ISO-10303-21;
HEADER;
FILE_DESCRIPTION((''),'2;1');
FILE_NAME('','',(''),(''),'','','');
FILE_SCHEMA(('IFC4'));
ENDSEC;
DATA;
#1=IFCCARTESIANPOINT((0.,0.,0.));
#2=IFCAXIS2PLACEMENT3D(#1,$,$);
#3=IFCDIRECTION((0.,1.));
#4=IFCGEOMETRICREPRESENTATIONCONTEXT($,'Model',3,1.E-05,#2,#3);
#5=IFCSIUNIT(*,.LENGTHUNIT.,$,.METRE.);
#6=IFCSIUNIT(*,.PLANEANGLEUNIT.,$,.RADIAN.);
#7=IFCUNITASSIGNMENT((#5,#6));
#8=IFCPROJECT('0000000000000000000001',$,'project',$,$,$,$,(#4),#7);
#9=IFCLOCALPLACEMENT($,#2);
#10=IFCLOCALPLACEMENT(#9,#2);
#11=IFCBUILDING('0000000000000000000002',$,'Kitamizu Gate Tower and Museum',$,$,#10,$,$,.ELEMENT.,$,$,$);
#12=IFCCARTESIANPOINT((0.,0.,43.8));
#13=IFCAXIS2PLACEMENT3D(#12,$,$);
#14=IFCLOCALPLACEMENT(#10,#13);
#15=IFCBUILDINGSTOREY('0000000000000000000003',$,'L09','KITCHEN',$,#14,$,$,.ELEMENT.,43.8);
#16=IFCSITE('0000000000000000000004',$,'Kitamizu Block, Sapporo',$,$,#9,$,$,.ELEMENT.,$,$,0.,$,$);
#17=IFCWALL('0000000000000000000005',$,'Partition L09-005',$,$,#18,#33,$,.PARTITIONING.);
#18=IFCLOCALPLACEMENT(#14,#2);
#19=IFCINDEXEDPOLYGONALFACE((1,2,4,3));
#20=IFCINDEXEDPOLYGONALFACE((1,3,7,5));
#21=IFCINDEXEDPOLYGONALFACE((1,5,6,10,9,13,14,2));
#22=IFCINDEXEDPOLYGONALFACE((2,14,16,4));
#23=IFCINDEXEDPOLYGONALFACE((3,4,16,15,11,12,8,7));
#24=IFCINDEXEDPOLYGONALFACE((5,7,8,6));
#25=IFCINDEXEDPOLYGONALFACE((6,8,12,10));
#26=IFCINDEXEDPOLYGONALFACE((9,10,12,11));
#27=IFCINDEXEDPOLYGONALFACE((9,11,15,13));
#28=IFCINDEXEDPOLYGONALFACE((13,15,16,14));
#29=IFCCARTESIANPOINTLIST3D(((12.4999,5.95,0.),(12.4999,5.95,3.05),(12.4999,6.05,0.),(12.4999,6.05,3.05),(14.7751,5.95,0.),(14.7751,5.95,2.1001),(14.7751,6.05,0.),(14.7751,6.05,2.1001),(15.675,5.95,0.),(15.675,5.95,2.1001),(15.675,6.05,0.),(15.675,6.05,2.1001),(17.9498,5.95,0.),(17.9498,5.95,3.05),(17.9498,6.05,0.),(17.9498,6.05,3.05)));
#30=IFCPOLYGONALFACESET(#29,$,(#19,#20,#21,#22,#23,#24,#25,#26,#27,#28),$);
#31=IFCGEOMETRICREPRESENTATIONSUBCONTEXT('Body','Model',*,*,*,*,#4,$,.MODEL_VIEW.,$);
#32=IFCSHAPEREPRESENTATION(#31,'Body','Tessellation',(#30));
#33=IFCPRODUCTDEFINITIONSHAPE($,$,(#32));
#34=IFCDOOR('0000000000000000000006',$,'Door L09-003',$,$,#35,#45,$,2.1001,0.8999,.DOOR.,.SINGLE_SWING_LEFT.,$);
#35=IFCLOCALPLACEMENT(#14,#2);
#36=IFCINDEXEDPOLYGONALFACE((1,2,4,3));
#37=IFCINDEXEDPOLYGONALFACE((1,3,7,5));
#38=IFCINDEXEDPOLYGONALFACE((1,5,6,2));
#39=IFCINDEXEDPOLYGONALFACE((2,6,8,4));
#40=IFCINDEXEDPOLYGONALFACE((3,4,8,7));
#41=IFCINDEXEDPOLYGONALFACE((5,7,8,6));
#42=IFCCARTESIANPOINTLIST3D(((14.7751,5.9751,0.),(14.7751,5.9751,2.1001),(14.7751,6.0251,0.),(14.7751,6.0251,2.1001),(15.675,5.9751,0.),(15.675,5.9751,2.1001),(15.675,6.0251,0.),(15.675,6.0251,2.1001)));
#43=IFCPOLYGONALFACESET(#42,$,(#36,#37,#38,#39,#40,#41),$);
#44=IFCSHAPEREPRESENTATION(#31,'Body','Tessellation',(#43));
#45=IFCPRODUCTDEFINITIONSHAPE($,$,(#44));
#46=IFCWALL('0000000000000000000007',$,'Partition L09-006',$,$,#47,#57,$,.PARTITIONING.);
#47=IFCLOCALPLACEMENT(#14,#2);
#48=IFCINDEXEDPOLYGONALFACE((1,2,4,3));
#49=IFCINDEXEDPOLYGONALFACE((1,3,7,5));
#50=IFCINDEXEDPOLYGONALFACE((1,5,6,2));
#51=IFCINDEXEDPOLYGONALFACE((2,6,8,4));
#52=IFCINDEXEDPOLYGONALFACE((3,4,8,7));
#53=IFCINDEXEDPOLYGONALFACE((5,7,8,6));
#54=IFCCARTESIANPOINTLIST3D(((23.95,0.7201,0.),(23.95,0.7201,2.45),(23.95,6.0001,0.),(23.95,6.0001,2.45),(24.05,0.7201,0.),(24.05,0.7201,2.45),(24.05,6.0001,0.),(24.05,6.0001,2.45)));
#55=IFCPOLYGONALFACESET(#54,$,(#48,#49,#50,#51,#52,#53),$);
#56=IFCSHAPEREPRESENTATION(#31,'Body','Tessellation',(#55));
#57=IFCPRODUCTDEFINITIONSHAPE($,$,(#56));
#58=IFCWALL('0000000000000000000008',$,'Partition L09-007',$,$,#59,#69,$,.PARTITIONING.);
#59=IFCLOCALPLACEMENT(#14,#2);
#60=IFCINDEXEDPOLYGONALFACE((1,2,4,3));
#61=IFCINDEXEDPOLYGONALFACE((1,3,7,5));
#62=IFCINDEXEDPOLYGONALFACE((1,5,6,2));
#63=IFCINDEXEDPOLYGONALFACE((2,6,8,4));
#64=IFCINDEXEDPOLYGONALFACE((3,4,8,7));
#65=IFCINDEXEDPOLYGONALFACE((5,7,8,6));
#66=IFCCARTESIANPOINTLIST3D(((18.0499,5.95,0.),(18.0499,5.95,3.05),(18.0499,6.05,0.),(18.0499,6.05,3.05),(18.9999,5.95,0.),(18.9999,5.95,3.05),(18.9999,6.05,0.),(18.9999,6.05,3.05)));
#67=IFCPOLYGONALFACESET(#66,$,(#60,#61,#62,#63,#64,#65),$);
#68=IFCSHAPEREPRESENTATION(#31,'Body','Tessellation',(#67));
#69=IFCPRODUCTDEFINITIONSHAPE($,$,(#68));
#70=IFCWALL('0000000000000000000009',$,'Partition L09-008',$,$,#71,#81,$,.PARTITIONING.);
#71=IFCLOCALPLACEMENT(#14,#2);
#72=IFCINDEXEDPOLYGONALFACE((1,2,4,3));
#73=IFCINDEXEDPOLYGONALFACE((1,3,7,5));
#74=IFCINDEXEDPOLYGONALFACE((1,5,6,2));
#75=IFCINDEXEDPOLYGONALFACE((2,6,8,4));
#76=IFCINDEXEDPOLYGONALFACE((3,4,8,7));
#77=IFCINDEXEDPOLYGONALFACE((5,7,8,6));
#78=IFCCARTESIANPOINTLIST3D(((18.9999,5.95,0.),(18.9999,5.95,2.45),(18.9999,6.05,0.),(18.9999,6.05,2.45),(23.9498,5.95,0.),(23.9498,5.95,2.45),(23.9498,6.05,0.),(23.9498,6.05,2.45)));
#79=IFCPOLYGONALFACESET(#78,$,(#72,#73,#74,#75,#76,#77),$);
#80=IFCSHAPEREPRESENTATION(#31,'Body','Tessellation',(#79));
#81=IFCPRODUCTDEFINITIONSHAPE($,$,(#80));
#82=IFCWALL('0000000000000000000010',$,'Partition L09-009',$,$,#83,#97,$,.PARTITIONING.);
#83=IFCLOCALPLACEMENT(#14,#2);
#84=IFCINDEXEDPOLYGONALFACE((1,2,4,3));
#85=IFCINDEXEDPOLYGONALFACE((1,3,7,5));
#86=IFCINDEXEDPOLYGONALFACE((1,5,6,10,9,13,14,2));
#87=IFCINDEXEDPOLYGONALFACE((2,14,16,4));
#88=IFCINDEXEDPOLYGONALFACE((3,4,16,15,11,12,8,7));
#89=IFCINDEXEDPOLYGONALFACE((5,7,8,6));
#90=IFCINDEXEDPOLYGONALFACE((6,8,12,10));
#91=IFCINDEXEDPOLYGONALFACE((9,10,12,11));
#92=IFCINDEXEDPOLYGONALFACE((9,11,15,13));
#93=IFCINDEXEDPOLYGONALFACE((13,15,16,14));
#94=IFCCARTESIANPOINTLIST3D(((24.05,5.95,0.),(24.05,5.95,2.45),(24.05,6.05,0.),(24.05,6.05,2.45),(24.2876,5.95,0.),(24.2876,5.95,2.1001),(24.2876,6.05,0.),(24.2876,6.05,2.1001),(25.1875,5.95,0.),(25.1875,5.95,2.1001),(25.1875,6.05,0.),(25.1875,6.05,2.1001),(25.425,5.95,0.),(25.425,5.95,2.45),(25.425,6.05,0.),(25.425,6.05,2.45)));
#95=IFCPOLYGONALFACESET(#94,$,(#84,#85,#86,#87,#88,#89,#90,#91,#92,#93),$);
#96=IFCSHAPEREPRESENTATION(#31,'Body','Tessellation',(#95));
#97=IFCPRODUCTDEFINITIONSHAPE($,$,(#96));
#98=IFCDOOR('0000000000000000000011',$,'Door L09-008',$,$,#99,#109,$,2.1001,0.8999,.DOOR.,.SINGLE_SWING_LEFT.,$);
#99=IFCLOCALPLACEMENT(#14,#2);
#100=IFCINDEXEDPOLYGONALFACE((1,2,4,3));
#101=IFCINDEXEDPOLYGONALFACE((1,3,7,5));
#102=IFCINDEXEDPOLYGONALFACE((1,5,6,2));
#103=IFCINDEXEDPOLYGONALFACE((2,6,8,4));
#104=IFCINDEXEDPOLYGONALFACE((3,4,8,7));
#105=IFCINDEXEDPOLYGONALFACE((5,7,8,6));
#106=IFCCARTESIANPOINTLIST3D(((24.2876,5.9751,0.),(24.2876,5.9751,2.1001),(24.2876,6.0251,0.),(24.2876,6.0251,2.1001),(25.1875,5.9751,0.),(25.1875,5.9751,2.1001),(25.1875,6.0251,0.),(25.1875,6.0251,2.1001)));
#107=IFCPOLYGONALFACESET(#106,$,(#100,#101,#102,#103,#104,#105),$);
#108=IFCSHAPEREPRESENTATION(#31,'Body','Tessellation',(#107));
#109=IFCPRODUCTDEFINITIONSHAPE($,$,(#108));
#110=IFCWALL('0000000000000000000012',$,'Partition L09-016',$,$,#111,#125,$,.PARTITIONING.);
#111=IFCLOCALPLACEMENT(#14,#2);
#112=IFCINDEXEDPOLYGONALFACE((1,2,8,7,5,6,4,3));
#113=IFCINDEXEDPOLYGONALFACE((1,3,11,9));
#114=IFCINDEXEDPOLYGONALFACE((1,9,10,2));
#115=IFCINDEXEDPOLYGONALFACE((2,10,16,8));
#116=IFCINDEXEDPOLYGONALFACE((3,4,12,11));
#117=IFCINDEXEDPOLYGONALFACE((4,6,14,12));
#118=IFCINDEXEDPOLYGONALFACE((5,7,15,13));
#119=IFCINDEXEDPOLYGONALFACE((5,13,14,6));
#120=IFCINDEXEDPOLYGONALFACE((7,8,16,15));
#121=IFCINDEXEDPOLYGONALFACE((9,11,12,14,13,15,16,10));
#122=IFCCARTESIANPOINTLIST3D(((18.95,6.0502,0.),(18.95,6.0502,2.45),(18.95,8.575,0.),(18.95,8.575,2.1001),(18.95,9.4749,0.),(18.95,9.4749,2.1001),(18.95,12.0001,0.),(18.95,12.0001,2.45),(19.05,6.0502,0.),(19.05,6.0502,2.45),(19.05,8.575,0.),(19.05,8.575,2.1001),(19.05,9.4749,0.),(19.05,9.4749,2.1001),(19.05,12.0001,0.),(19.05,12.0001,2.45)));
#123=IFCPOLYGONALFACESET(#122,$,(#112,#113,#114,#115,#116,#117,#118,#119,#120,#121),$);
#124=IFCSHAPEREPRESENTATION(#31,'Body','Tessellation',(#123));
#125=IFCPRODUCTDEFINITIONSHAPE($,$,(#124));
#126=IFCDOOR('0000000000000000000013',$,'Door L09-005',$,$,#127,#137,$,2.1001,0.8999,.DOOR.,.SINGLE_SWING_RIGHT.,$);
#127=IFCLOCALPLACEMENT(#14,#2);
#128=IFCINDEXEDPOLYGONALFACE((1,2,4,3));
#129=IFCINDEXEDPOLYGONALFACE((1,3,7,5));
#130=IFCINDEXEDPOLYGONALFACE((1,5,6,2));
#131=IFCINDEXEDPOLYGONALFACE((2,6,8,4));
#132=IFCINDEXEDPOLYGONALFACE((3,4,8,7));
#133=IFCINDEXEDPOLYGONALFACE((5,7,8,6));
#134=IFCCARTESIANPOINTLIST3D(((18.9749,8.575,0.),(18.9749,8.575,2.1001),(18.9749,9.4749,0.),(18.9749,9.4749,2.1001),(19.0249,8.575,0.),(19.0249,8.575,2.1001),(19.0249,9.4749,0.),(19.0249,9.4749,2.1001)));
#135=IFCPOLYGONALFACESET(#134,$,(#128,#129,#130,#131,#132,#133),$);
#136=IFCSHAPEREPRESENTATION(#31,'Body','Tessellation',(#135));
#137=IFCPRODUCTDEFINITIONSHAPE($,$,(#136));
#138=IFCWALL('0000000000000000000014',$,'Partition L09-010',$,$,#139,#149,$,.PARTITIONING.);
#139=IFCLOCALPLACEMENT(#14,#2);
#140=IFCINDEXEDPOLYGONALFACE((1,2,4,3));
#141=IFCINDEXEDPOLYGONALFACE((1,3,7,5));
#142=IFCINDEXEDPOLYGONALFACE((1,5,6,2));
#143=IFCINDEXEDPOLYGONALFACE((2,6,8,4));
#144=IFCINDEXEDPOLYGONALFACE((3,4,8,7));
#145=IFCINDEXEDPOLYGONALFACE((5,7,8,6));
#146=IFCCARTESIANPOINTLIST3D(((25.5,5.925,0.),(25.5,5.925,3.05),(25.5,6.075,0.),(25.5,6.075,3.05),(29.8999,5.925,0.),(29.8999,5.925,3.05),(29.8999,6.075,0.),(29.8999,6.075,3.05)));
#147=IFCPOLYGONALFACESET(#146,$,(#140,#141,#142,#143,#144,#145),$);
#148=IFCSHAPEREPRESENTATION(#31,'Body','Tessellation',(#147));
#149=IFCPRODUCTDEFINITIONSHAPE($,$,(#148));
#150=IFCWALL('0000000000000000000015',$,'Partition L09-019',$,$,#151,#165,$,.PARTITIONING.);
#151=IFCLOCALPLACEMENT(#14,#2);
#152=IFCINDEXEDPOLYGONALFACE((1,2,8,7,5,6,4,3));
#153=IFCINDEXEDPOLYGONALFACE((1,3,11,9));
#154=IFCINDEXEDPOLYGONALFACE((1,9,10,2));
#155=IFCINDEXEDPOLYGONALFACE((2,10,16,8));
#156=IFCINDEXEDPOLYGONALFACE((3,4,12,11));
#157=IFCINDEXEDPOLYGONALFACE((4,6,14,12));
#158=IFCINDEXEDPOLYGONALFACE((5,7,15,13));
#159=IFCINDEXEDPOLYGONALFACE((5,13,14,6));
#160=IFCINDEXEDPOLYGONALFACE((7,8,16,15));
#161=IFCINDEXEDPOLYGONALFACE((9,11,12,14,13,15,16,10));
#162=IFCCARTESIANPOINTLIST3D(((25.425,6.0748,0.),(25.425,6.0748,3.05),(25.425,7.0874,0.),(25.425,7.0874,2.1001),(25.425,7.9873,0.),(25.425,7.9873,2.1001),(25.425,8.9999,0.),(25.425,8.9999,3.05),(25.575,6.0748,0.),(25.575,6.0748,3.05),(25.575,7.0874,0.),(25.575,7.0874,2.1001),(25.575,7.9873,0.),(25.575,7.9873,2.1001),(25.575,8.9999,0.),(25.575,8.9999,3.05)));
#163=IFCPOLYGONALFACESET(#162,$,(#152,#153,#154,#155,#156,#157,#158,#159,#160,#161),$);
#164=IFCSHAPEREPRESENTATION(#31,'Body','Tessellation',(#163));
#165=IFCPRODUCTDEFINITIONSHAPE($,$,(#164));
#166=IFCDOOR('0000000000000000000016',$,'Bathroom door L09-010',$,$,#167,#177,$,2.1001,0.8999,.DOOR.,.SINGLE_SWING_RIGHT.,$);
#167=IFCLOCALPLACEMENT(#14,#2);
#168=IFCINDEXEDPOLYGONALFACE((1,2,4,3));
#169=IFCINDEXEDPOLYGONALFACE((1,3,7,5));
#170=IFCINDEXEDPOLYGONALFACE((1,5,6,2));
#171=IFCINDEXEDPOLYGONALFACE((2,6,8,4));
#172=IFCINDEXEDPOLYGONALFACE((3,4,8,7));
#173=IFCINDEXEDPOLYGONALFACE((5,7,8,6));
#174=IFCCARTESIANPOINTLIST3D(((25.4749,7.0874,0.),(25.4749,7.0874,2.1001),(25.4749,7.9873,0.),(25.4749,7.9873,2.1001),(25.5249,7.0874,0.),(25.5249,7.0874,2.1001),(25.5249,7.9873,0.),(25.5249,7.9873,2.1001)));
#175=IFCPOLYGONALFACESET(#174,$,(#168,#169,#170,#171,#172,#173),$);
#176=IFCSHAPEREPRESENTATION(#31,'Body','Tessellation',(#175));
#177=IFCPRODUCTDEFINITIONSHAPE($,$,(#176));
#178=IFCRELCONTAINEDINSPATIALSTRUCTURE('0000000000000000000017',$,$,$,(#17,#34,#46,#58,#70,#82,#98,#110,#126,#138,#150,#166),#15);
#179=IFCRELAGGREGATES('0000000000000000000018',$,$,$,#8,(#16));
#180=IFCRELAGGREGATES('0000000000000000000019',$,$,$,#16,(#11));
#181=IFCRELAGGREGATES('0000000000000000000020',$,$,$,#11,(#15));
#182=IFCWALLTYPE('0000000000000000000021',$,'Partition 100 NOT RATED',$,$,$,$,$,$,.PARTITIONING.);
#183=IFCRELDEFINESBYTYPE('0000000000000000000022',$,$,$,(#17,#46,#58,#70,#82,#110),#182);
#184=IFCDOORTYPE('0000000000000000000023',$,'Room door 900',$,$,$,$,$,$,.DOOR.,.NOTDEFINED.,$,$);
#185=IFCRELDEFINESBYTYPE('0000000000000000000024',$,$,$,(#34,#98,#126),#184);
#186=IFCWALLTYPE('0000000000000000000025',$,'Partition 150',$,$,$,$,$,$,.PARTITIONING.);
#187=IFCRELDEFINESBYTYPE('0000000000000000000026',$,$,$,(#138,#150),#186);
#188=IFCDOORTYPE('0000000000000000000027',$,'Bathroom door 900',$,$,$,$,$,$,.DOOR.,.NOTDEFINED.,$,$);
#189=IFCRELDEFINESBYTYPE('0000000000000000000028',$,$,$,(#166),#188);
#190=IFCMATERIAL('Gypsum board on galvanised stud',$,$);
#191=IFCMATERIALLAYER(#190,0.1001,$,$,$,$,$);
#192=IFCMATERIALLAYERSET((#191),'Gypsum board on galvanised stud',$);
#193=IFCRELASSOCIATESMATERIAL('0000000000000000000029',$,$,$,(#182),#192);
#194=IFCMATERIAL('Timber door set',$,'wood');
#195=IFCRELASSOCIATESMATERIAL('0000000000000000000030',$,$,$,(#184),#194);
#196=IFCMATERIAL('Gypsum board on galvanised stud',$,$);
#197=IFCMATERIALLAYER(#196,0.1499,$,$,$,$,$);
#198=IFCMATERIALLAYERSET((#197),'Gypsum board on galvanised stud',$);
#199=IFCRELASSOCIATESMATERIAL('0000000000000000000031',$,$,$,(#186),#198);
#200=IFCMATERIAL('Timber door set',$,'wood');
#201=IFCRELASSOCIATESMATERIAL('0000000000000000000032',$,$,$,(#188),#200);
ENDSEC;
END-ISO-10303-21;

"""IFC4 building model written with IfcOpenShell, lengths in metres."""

from ifc_helpers import new_model, si_unit, direction, frame, frame_2d, origin, place, context, subcontext, project, spatial, rectangle, extrude, material, layer, layer_set, type_object, element, fill, save


model = new_model("IFC4")

# Units and contexts
model_context = context("Model", 3, precision=1e-05, world=origin(), true_north=direction((0.0, 1.0)))
body_context = subcontext(model_context, "Body", "Model", "MODEL_VIEW")
ifc_project = project(units=[si_unit("LENGTHUNIT", "METRE"), si_unit("PLANEANGLEUNIT", "RADIAN")], contexts=[model_context])

# Site, building, storey
site_placement = place(None, origin())
site = spatial("IfcSite", under=ifc_project, at=site_placement, Name="Kitamizu Block, Sapporo", CompositionType="ELEMENT", RefElevation=0.0)
building_placement = place(site_placement, origin())
building = spatial("IfcBuilding", under=site, at=building_placement, Name="Kitamizu Gate Tower and Museum", CompositionType="ELEMENT")
storey_placement = place(building_placement, frame((0.0, 0.0, 43.8)))
storey = spatial("IfcBuildingStorey", under=building, at=storey_placement, Name="L09", Description="KITCHEN", CompositionType="ELEMENT", Elevation=43.8)

# Wall, opening, door
ifc_material_1 = material(Name="Gypsum board on galvanised stud")
ifc_layer_1 = layer(ifc_material_1, 0.1001)
ifc_layer_set_1 = layer_set([ifc_layer_1], Name="Gypsum board on galvanised stud")
wall_type_1 = type_object("IfcWallType", Name="Partition 100 NOT RATED", PredefinedType="PARTITIONING", material=ifc_layer_set_1)
ifc_material_2 = material(Name="Timber door set", Category="wood")
door_type_1 = type_object("IfcDoorType", Name="Room door 900", OperationType="NOTDEFINED", PredefinedType="DOOR", material=ifc_material_2)
wall_1_placement = place(storey_placement, frame((17.95, 6.0, 0.0), z_axis=(0.0, 0.0, 1.0), x_axis=(-1.0, 0.0, 0.0)))
wall_1 = element("IfcWall", 1, at=wall_1_placement, inside=storey, type_object=wall_type_1, Name="Partition L09-005", PredefinedType="PARTITIONING", context=body_context, shape_type="SweptSolid", body=[
    extrude(rectangle(XDim=5.45, YDim=0.1001, at=frame_2d((2.7251, 0.0))), origin(), (0.0, 0.0, 1.0), 3.05),
])
opening_1_placement = place(wall_1_placement, frame((2.2749, 0.0, 0.0)))
opening_1 = element("IfcOpeningElement", 2, at=opening_1_placement, cuts=wall_1, PredefinedType="OPENING", context=body_context, shape_type="SweptSolid", body=[
    extrude(rectangle(XDim=0.8999, YDim=2.1001, at=frame_2d((0.45, 1.05))), frame((0.0, 0.0601, 0.0), z_axis=(0.0, -1.0, 0.0), x_axis=(1.0, 0.0, 0.0)), (0.0, 0.0, 1.0), 0.1201),
])
door_1_placement = place(opening_1_placement, origin())
door_1 = element("IfcDoor", 3, at=door_1_placement, inside=storey, type_object=door_type_1, Name="Door L09-003", OperationType="SINGLE_SWING_LEFT", OverallHeight=2.1001, OverallWidth=0.8999, PredefinedType="DOOR", context=body_context, shape_type="SweptSolid", body=[
    extrude(rectangle(XDim=0.8999, YDim=2.1001, at=frame_2d((0.45, 1.05))), frame((0.0, 0.0249, 0.0), z_axis=(0.0, -1.0, 0.0), x_axis=(1.0, 0.0, 0.0)), (0.0, 0.0, 1.0), 0.05),
])
fill(opening_1, door_1)

# Walls
wall_2_placement = place(storey_placement, frame((24.0, 0.72, 0.0), z_axis=(0.0, 0.0, 1.0), x_axis=(0.0, 1.0, 0.0)))
element("IfcWall", 4, at=wall_2_placement, inside=storey, type_object=wall_type_1, Name="Partition L09-006", PredefinedType="PARTITIONING", context=body_context, shape_type="SweptSolid", body=[
    extrude(rectangle(XDim=5.28, YDim=0.1001, at=frame_2d((2.6401, 0.0))), origin(), (0.0, 0.0, 1.0), 2.45),
])
wall_3_placement = place(storey_placement, frame((19.0, 6.0, 0.0), z_axis=(0.0, 0.0, 1.0), x_axis=(-1.0, 0.0, 0.0)))
element("IfcWall", 5, at=wall_3_placement, inside=storey, type_object=wall_type_1, Name="Partition L09-007", PredefinedType="PARTITIONING", context=body_context, shape_type="SweptSolid", body=[
    extrude(rectangle(XDim=0.95, YDim=0.1001, at=frame_2d((0.4751, 0.0))), origin(), (0.0, 0.0, 1.0), 3.05),
])
wall_4_placement = place(storey_placement, frame((23.95, 6.0, 0.0), z_axis=(0.0, 0.0, 1.0), x_axis=(-1.0, 0.0, 0.0)))
element("IfcWall", 6, at=wall_4_placement, inside=storey, type_object=wall_type_1, Name="Partition L09-008", PredefinedType="PARTITIONING", context=body_context, shape_type="SweptSolid", body=[
    extrude(rectangle(XDim=4.95, YDim=0.1001, at=frame_2d((2.4751, 0.0))), origin(), (0.0, 0.0, 1.0), 2.45),
])

# Walls, openings, doors
wall_5_placement = place(storey_placement, frame((25.425, 6.0, 0.0), z_axis=(0.0, 0.0, 1.0), x_axis=(-1.0, 0.0, 0.0)))
wall_5 = element("IfcWall", 7, at=wall_5_placement, inside=storey, type_object=wall_type_1, Name="Partition L09-009", PredefinedType="PARTITIONING", context=body_context, shape_type="SweptSolid", body=[
    extrude(rectangle(XDim=1.375, YDim=0.1001, at=frame_2d((0.6875, 0.0))), origin(), (0.0, 0.0, 1.0), 2.45),
])
opening_2_placement = place(wall_5_placement, frame((0.2375, 0.0, 0.0)))
opening_2 = element("IfcOpeningElement", 8, at=opening_2_placement, cuts=wall_5, PredefinedType="OPENING", context=body_context, shape_type="SweptSolid", body=[
    extrude(rectangle(XDim=0.8999, YDim=2.1001, at=frame_2d((0.45, 1.05))), frame((0.0, 0.0601, 0.0), z_axis=(0.0, -1.0, 0.0), x_axis=(1.0, 0.0, 0.0)), (0.0, 0.0, 1.0), 0.1201),
])
door_2_placement = place(opening_2_placement, origin())
door_2 = element("IfcDoor", 9, at=door_2_placement, inside=storey, type_object=door_type_1, Name="Door L09-008", OperationType="SINGLE_SWING_LEFT", OverallHeight=2.1001, OverallWidth=0.8999, PredefinedType="DOOR", context=body_context, shape_type="SweptSolid", body=[
    extrude(rectangle(XDim=0.8999, YDim=2.1001, at=frame_2d((0.45, 1.05))), frame((0.0, 0.0249, 0.0), z_axis=(0.0, -1.0, 0.0), x_axis=(1.0, 0.0, 0.0)), (0.0, 0.0, 1.0), 0.05),
])
fill(opening_2, door_2)
wall_6_placement = place(storey_placement, frame((19.0, 6.05, 0.0), z_axis=(0.0, 0.0, 1.0), x_axis=(0.0, 1.0, 0.0)))
wall_6 = element("IfcWall", 10, at=wall_6_placement, inside=storey, type_object=wall_type_1, Name="Partition L09-016", PredefinedType="PARTITIONING", context=body_context, shape_type="SweptSolid", body=[
    extrude(rectangle(XDim=5.95, YDim=0.1001, at=frame_2d((2.9751, 0.0))), origin(), (0.0, 0.0, 1.0), 2.45),
])
opening_3_placement = place(wall_6_placement, frame((2.5249, 0.0, 0.0)))
opening_3 = element("IfcOpeningElement", 11, at=opening_3_placement, cuts=wall_6, PredefinedType="OPENING", context=body_context, shape_type="SweptSolid", body=[
    extrude(rectangle(XDim=0.8999, YDim=2.1001, at=frame_2d((0.45, 1.05))), frame((0.0, 0.0601, 0.0), z_axis=(0.0, -1.0, 0.0), x_axis=(1.0, 0.0, 0.0)), (0.0, 0.0, 1.0), 0.1201),
])
door_3_placement = place(opening_3_placement, frame((0.8999, 0.0, 0.0), x_axis=(-1.0, 0.0, 0.0)))
door_3 = element("IfcDoor", 12, at=door_3_placement, inside=storey, type_object=door_type_1, Name="Door L09-005", OperationType="SINGLE_SWING_RIGHT", OverallHeight=2.1001, OverallWidth=0.8999, PredefinedType="DOOR", context=body_context, shape_type="SweptSolid", body=[
    extrude(rectangle(XDim=0.8999, YDim=2.1001, at=frame_2d((0.45, 1.05))), frame((0.0, 0.0249, 0.0), z_axis=(0.0, -1.0, 0.0), x_axis=(1.0, 0.0, 0.0)), (0.0, 0.0, 1.0), 0.05),
])
fill(opening_3, door_3)

# Wall
ifc_material_3 = material(Name="Gypsum board on galvanised stud")
ifc_layer_2 = layer(ifc_material_3, 0.1499)
ifc_layer_set_2 = layer_set([ifc_layer_2], Name="Gypsum board on galvanised stud")
wall_type_2 = type_object("IfcWallType", Name="Partition 150", PredefinedType="PARTITIONING", material=ifc_layer_set_2)
wall_7_placement = place(storey_placement, frame((29.8999, 6.0, 0.0), z_axis=(0.0, 0.0, 1.0), x_axis=(-1.0, 0.0, 0.0)))
element("IfcWall", 13, at=wall_7_placement, inside=storey, type_object=wall_type_2, Name="Partition L09-010", PredefinedType="PARTITIONING", context=body_context, shape_type="SweptSolid", body=[
    extrude(rectangle(XDim=4.3999, YDim=0.1499, at=frame_2d((2.2, 0.0))), origin(), (0.0, 0.0, 1.0), 3.05),
])

# Wall, opening, door
wall_8_placement = place(storey_placement, frame((25.5, 6.075, 0.0), z_axis=(0.0, 0.0, 1.0), x_axis=(0.0, 1.0, 0.0)))
wall_8 = element("IfcWall", 14, at=wall_8_placement, inside=storey, type_object=wall_type_2, Name="Partition L09-019", PredefinedType="PARTITIONING", context=body_context, shape_type="SweptSolid", body=[
    extrude(rectangle(XDim=2.925, YDim=0.1499, at=frame_2d((1.4624, 0.0))), origin(), (0.0, 0.0, 1.0), 3.05),
])
opening_4_placement = place(wall_8_placement, frame((1.0125, 0.0, 0.0)))
opening_4 = element("IfcOpeningElement", 15, at=opening_4_placement, cuts=wall_8, PredefinedType="OPENING", context=body_context, shape_type="SweptSolid", body=[
    extrude(rectangle(XDim=0.8999, YDim=2.1001, at=frame_2d((0.45, 1.05))), frame((0.0, 0.085, 0.0), z_axis=(0.0, -1.0, 0.0), x_axis=(1.0, 0.0, 0.0)), (0.0, 0.0, 1.0), 0.1699),
])
ifc_material_4 = material(Name="Timber door set", Category="wood")
door_type_2 = type_object("IfcDoorType", Name="Bathroom door 900", OperationType="NOTDEFINED", PredefinedType="DOOR", material=ifc_material_4)
door_4_placement = place(opening_4_placement, frame((0.8999, 0.0, 0.0), x_axis=(-1.0, 0.0, 0.0)))
door_4 = element("IfcDoor", 16, at=door_4_placement, inside=storey, type_object=door_type_2, Name="Bathroom door L09-010", OperationType="SINGLE_SWING_RIGHT", OverallHeight=2.1001, OverallWidth=0.8999, PredefinedType="DOOR", context=body_context, shape_type="SweptSolid", body=[
    extrude(rectangle(XDim=0.8999, YDim=2.1001, at=frame_2d((0.45, 1.05))), frame((0.0, 0.0249, 0.0), z_axis=(0.0, -1.0, 0.0), x_axis=(1.0, 0.0, 0.0)), (0.0, 0.0, 1.0), 0.05),
])
fill(opening_4, door_4)

save(model, "model.ifc")
